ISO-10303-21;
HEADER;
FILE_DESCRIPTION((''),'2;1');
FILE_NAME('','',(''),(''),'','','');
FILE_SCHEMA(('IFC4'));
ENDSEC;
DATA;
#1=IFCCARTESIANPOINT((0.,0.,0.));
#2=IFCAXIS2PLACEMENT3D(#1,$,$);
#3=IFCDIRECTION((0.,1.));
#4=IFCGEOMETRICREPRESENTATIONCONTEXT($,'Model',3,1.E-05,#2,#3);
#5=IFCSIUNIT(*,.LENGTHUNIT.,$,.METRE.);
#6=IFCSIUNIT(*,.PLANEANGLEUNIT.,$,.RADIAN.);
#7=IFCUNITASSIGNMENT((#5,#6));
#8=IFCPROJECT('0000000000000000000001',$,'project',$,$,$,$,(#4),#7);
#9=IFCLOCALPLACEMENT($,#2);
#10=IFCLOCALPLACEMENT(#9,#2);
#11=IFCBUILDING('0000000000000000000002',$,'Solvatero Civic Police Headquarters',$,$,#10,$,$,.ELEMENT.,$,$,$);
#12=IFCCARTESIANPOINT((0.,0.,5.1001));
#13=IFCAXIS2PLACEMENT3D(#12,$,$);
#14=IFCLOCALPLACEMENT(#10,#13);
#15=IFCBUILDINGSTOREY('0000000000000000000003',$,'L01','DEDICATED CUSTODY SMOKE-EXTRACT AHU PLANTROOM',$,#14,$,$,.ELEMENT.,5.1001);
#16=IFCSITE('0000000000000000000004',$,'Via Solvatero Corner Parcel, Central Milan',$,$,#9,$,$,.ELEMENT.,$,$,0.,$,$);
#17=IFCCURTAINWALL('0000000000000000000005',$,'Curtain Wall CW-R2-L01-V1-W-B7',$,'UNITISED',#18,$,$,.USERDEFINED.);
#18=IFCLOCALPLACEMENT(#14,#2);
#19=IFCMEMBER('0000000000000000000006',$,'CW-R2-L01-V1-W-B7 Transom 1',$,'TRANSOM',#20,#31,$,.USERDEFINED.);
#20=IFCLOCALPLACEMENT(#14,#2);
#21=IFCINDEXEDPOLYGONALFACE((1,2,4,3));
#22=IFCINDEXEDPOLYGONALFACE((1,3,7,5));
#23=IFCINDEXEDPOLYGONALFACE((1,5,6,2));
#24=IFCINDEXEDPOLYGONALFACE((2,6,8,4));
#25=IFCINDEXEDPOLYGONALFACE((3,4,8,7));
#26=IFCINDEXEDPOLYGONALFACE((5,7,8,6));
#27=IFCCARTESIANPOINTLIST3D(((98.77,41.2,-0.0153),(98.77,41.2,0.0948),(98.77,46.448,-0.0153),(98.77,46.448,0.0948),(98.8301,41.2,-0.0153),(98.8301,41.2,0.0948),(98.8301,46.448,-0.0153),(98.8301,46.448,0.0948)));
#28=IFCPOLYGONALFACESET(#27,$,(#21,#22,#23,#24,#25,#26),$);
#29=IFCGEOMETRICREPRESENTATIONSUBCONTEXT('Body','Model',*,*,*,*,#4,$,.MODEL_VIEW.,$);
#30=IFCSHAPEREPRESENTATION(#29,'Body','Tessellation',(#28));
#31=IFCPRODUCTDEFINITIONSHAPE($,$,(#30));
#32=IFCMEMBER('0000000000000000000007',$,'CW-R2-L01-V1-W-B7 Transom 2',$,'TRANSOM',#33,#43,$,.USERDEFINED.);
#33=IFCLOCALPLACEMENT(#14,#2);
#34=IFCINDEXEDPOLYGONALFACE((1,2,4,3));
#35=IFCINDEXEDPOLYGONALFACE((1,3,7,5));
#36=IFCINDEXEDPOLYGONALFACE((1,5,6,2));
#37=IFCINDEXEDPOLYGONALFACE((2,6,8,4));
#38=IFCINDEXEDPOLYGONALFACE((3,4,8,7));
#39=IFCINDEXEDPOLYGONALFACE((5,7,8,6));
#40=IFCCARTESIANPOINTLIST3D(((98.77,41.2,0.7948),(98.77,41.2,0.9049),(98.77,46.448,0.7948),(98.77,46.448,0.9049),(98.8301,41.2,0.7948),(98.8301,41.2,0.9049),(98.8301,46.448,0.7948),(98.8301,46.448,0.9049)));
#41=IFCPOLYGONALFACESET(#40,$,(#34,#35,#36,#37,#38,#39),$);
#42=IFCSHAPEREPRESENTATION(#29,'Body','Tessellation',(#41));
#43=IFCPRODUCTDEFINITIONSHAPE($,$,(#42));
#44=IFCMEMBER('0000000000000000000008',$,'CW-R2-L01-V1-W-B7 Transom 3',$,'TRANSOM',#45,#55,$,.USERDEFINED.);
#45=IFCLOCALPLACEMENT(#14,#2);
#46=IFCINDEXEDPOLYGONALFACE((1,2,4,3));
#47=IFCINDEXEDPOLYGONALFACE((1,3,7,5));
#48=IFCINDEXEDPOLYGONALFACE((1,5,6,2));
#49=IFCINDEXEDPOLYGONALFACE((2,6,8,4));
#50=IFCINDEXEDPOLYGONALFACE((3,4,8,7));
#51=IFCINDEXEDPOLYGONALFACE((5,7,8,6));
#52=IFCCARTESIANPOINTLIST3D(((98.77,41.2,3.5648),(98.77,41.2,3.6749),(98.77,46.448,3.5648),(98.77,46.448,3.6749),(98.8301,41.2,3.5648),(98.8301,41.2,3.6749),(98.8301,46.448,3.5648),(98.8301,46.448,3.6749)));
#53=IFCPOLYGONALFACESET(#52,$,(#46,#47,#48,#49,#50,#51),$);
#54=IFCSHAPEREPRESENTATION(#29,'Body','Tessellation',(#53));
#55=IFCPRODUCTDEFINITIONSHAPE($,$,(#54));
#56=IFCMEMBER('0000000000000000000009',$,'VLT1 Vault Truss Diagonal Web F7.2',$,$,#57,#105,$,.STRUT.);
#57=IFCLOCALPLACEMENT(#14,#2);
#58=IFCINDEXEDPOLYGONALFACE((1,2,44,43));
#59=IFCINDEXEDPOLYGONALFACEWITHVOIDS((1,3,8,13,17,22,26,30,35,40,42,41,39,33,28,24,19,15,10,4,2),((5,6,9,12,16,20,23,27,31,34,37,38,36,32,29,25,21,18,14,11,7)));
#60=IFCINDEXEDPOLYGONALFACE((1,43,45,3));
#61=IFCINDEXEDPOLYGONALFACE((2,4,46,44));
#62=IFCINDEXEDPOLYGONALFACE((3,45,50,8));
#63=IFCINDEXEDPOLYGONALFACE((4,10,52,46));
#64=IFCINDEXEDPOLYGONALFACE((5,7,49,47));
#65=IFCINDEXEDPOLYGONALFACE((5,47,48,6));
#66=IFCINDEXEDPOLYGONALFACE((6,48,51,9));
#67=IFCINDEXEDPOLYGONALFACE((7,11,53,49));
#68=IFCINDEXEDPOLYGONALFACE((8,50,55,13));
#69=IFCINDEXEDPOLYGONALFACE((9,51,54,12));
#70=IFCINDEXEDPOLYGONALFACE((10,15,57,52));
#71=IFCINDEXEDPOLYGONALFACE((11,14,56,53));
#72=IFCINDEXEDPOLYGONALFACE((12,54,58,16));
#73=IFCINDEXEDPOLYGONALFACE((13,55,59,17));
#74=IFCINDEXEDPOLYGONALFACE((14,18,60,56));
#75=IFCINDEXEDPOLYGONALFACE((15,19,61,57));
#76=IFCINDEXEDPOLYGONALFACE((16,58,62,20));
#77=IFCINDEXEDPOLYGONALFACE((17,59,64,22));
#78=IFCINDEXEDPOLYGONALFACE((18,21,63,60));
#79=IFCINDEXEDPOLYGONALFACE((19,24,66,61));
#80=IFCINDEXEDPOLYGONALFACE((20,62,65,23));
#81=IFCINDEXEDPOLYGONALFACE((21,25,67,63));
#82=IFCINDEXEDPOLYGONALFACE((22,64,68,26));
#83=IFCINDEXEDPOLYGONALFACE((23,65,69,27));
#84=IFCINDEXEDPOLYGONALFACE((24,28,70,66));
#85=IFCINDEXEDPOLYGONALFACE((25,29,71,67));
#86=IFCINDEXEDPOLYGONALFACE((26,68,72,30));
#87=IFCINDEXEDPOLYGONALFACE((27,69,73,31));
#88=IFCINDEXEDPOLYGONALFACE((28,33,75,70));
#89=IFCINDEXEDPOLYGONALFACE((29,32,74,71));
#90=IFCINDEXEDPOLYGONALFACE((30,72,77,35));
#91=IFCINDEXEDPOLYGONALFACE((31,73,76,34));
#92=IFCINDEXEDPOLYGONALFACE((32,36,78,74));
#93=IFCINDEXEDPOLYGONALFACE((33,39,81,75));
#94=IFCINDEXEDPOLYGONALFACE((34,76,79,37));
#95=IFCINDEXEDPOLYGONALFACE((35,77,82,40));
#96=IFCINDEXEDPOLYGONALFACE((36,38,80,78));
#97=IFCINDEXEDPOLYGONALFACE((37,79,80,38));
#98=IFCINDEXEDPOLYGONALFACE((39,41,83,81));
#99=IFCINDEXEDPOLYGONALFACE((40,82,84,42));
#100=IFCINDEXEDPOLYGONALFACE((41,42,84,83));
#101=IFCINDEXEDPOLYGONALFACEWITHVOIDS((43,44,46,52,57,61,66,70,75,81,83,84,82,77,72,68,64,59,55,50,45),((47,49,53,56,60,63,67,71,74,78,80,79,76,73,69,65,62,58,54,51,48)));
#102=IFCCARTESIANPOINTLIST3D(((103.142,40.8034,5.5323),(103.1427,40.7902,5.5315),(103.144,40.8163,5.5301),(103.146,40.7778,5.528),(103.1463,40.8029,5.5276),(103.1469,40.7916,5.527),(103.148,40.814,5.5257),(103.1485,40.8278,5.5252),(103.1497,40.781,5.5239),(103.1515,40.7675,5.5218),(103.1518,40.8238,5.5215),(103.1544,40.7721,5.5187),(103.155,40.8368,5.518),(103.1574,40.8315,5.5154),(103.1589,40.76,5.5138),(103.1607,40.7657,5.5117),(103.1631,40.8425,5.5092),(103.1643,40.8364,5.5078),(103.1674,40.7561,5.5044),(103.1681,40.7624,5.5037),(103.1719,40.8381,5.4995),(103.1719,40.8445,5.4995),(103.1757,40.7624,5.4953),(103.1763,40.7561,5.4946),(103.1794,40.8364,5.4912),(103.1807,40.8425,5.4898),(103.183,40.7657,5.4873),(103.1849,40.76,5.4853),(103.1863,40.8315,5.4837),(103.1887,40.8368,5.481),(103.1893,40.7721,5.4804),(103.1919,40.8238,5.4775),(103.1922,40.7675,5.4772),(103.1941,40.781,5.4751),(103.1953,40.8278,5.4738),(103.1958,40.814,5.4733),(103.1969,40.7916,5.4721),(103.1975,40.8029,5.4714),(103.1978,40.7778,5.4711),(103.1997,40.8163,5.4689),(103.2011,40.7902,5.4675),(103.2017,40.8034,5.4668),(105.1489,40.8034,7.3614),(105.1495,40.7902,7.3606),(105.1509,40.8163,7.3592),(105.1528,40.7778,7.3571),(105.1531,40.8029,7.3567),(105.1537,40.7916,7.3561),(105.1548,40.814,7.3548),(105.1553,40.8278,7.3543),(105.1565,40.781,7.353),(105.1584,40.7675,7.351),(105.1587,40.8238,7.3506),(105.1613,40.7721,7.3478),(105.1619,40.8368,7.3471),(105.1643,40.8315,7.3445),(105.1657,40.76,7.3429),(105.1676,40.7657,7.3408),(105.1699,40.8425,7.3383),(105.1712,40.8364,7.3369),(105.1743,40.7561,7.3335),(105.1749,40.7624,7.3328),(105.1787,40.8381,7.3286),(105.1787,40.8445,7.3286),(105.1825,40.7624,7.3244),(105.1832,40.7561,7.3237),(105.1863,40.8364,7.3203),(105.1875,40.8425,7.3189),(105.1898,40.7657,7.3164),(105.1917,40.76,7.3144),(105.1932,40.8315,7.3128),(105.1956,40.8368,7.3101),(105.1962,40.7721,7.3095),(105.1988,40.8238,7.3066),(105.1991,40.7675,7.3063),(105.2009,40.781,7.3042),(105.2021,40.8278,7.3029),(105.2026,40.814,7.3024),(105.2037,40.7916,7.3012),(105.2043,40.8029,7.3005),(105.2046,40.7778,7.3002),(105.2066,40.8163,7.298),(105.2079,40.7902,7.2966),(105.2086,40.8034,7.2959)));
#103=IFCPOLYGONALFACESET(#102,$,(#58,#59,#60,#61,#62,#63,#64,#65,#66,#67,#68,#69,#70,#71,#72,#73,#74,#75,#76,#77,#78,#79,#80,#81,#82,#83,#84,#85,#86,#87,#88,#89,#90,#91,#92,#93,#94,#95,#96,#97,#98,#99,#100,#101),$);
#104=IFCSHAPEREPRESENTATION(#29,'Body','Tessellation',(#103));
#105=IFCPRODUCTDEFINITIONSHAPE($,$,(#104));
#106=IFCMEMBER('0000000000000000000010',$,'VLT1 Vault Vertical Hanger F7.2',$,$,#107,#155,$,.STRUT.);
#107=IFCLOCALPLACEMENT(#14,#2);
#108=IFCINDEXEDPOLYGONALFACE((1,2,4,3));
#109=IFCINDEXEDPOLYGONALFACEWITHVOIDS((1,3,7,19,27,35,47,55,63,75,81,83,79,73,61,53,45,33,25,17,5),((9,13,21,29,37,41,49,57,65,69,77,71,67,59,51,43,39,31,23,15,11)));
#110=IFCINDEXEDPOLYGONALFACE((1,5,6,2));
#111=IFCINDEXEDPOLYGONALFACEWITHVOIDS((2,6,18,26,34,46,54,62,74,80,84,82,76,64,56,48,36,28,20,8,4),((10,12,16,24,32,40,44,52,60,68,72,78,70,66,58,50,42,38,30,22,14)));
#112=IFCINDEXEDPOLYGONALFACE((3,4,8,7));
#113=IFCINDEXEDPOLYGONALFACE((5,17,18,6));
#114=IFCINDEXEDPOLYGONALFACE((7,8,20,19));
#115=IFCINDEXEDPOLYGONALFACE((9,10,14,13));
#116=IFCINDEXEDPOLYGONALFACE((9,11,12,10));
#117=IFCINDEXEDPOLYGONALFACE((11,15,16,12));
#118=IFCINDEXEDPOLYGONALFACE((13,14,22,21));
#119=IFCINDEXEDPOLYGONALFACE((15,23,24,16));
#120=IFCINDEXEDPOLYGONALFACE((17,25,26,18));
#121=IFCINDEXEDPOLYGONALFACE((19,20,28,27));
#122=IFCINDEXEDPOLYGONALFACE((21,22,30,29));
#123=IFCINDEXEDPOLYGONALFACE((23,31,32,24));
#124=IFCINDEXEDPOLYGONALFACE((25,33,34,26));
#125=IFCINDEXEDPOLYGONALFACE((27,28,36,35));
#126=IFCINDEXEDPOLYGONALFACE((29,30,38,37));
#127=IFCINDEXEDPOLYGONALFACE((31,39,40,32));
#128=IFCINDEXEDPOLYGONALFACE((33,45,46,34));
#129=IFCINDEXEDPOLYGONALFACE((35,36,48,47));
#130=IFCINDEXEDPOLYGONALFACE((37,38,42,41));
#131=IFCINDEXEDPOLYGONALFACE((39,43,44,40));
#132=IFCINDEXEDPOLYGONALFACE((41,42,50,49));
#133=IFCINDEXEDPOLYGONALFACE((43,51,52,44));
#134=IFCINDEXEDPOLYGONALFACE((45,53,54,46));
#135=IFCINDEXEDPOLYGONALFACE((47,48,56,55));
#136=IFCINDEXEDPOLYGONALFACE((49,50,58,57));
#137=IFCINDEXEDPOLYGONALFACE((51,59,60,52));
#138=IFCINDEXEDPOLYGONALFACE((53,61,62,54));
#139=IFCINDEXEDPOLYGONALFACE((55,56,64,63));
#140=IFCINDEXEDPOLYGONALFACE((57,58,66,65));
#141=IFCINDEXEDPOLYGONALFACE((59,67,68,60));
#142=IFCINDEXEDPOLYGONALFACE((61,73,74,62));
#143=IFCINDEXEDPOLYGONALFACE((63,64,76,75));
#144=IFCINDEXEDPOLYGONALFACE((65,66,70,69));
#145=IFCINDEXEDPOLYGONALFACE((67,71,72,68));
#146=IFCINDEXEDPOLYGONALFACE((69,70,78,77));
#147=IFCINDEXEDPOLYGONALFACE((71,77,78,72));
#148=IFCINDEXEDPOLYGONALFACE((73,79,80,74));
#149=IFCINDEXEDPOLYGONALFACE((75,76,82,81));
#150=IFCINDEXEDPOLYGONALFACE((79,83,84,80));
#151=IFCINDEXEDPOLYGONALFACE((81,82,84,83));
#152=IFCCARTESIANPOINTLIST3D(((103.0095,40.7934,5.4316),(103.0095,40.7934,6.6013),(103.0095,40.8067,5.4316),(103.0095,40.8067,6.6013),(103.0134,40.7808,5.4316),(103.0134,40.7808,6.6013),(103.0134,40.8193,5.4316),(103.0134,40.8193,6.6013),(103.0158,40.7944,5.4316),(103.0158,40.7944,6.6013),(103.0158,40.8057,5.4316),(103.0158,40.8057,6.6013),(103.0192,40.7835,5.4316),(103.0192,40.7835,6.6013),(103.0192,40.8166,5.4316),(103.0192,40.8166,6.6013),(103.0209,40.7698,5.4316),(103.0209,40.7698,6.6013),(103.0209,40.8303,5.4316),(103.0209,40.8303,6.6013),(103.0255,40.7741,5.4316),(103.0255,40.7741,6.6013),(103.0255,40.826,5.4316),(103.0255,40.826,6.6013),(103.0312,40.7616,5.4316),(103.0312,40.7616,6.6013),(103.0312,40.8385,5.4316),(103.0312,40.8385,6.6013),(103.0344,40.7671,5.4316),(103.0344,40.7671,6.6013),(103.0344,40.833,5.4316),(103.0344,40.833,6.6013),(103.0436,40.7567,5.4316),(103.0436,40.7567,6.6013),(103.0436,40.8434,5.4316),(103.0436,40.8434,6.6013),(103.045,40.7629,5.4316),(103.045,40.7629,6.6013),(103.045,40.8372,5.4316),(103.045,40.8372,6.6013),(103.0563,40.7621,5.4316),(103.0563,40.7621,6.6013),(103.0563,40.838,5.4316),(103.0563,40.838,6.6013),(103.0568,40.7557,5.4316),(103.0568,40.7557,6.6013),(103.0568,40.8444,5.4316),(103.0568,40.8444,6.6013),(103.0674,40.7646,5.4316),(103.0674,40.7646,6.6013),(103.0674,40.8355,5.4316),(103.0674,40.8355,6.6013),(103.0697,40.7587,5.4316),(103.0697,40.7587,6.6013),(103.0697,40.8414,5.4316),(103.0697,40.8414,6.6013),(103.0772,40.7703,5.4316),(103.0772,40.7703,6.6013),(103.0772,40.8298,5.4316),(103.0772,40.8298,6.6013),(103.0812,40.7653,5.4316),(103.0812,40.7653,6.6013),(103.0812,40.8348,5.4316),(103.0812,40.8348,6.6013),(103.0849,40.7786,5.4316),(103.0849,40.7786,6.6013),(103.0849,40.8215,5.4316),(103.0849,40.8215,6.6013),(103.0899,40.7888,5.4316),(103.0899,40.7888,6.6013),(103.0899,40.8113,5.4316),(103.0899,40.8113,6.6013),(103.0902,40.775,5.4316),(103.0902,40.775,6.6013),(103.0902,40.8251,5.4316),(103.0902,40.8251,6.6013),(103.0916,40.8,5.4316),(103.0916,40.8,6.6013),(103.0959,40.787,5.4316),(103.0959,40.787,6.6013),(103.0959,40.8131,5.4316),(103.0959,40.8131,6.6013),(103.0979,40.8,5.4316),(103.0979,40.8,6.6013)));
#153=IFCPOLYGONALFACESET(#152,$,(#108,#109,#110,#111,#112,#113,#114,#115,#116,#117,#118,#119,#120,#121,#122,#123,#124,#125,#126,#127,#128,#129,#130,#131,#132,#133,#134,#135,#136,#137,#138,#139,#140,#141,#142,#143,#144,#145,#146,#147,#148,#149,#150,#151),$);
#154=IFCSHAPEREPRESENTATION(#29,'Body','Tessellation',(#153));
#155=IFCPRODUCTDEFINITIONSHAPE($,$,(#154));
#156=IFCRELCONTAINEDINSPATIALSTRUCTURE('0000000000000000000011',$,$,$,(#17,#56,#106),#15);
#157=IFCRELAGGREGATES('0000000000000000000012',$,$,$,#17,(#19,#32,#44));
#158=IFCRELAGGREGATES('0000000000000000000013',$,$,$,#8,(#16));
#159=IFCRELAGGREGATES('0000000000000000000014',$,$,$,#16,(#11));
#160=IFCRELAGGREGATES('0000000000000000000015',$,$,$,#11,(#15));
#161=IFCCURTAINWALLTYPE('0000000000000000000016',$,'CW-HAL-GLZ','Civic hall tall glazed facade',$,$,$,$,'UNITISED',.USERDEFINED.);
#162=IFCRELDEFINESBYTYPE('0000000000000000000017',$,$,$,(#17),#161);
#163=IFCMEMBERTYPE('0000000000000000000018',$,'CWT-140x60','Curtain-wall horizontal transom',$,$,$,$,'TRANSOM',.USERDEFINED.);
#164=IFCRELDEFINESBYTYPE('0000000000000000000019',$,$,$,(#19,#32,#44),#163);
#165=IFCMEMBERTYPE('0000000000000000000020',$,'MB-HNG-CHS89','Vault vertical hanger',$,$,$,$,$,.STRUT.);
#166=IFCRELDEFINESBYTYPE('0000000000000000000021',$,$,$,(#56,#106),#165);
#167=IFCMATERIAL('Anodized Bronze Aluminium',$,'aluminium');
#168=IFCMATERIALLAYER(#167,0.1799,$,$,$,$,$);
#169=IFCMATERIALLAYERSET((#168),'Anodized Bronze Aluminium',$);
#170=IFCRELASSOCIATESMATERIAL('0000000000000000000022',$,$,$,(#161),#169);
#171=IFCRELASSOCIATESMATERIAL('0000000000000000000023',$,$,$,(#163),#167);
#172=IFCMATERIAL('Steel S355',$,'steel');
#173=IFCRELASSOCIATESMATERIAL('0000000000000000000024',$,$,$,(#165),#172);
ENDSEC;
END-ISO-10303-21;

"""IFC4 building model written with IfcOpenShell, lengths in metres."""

from ifc_helpers import new_model, si_unit, direction, frame, origin, origin_2d, place, context, subcontext, project, spatial, rectangle, hollow_circle, extrude, material, layer, layer_set, material_profile, profile_set, type_object, element, aggregate, save


model = new_model("IFC4")

# Units and contexts
model_context = context("Model", 3, precision=1e-05, world=origin(), true_north=direction((0.0, 1.0)))
body_context = subcontext(model_context, "Body", "Model", "MODEL_VIEW")
ifc_project = project(units=[si_unit("LENGTHUNIT", "METRE"), si_unit("PLANEANGLEUNIT", "RADIAN")], contexts=[model_context])

# Site, building, storey
site_placement = place(None, origin())
site = spatial("IfcSite", under=ifc_project, at=site_placement, Name="Via Solvatero Corner Parcel, Central Milan", CompositionType="ELEMENT", RefElevation=0.0)
building_placement = place(site_placement, origin())
building = spatial("IfcBuilding", under=site, at=building_placement, Name="Solvatero Civic Police Headquarters", CompositionType="ELEMENT")
storey_placement = place(building_placement, frame((0.0, 0.0, 5.1001)))
storey = spatial("IfcBuildingStorey", under=building, at=storey_placement, Name="L01", Description="DEDICATED CUSTODY SMOKE-EXTRACT AHU PLANTROOM", CompositionType="ELEMENT", Elevation=5.1001)

# Shared definitions
ifc_material_1 = material(Name="Steel S355", Category="steel")

# Curtain wall, members
ifc_material_2 = material(Name="Anodized Bronze Aluminium", Category="aluminium")
ifc_layer_1 = layer(ifc_material_2, 0.1799)
ifc_layer_set_1 = layer_set([ifc_layer_1], Name="Anodized Bronze Aluminium")
curtain_wall_type = type_object("IfcCurtainWallType", Name="CW-HAL-GLZ", Description="Civic hall tall glazed facade", ElementType="UNITISED", PredefinedType="USERDEFINED", material=ifc_layer_set_1)
curtain_wall_placement = place(storey_placement, origin())
curtain_wall = element("IfcCurtainWall", 1, at=curtain_wall_placement, inside=storey, type_object=curtain_wall_type, Name="Curtain Wall CW-R2-L01-V1-W-B7", ObjectType="UNITISED", PredefinedType="USERDEFINED")
ifc_material_profile_1 = material_profile(ifc_material_2, rectangle(XDim=0.0601, YDim=0.1101, at=origin_2d()), Name="ALU TRANSOM 60x110")
ifc_profile_set_1 = profile_set([ifc_material_profile_1], Name="Anodized Bronze Aluminium")
member_type_1 = type_object("IfcMemberType", Name="CWT-140x60", Description="Curtain-wall horizontal transom", ElementType="TRANSOM", PredefinedType="USERDEFINED", material=ifc_profile_set_1)
member_1_placement = place(storey_placement, frame((98.8, 41.2, 0.0398), z_axis=(0.0, 1.0, 0.0), x_axis=(-1.0, 0.0, 0.0)))
member_1 = element("IfcMember", 2, at=member_1_placement, type_object=member_type_1, Name="CW-R2-L01-V1-W-B7 Transom 1", ObjectType="TRANSOM", PredefinedType="USERDEFINED", context=body_context, shape_type="SweptSolid", body=[
    extrude(rectangle(XDim=0.0601, YDim=0.1101, at=origin_2d()), origin(), (0.0, 0.0, 1.0), 5.248),
])
member_2_placement = place(storey_placement, frame((98.8, 41.2, 0.8499), z_axis=(0.0, 1.0, 0.0), x_axis=(-1.0, 0.0, 0.0)))
member_2 = element("IfcMember", 3, at=member_2_placement, type_object=member_type_1, Name="CW-R2-L01-V1-W-B7 Transom 2", ObjectType="TRANSOM", PredefinedType="USERDEFINED", context=body_context, shape_type="SweptSolid", body=[
    extrude(rectangle(XDim=0.0601, YDim=0.1101, at=origin_2d()), origin(), (0.0, 0.0, 1.0), 5.248),
])
member_3_placement = place(storey_placement, frame((98.8, 41.2, 3.6199), z_axis=(0.0, 1.0, 0.0), x_axis=(-1.0, 0.0, 0.0)))
member_3 = element("IfcMember", 4, at=member_3_placement, type_object=member_type_1, Name="CW-R2-L01-V1-W-B7 Transom 3", ObjectType="TRANSOM", PredefinedType="USERDEFINED", context=body_context, shape_type="SweptSolid", body=[
    extrude(rectangle(XDim=0.0601, YDim=0.1101, at=origin_2d()), origin(), (0.0, 0.0, 1.0), 5.248),
])

# Members
ifc_material_profile_2 = material_profile(ifc_material_1, hollow_circle(Radius=0.0444, WallThickness=0.0063, at=origin_2d()), Name="CHS 88.9x6.3")
ifc_profile_set_2 = profile_set([ifc_material_profile_2], Name="Steel S355")
member_type_2 = type_object("IfcMemberType", Name="MB-HNG-CHS89", Description="Vault vertical hanger", PredefinedType="STRUT", material=ifc_profile_set_2)
member_4_placement = place(storey_placement, frame((103.1719, 40.8, 5.4995), z_axis=(0.739077, 0.0, 0.673621), x_axis=(0.0, 1.0, 0.0)))
element("IfcMember", 5, at=member_4_placement, inside=storey, type_object=member_type_2, Name="VLT1 Vault Truss Diagonal Web F7.2", PredefinedType="STRUT", context=body_context, shape_type="SweptSolid", body=[
    extrude(hollow_circle(Radius=0.0444, WallThickness=0.0063, at=origin_2d()), origin(), (0.0, 0.0, 1.0), 2.7153),
])
member_5_placement = place(storey_placement, frame((103.0535, 40.8, 5.4316), z_axis=(0.0, 0.0, 1.0), x_axis=(1.0, 0.0, 0.0)))
element("IfcMember", 6, at=member_5_placement, inside=storey, type_object=member_type_2, Name="VLT1 Vault Vertical Hanger F7.2", PredefinedType="STRUT", context=body_context, shape_type="SweptSolid", body=[
    extrude(hollow_circle(Radius=0.0444, WallThickness=0.0063, at=origin_2d()), origin(), (0.0, 0.0, 1.0), 1.1697),
])

aggregate(curtain_wall, [member_1, member_2, member_3])

save(model, "model.ifc")
